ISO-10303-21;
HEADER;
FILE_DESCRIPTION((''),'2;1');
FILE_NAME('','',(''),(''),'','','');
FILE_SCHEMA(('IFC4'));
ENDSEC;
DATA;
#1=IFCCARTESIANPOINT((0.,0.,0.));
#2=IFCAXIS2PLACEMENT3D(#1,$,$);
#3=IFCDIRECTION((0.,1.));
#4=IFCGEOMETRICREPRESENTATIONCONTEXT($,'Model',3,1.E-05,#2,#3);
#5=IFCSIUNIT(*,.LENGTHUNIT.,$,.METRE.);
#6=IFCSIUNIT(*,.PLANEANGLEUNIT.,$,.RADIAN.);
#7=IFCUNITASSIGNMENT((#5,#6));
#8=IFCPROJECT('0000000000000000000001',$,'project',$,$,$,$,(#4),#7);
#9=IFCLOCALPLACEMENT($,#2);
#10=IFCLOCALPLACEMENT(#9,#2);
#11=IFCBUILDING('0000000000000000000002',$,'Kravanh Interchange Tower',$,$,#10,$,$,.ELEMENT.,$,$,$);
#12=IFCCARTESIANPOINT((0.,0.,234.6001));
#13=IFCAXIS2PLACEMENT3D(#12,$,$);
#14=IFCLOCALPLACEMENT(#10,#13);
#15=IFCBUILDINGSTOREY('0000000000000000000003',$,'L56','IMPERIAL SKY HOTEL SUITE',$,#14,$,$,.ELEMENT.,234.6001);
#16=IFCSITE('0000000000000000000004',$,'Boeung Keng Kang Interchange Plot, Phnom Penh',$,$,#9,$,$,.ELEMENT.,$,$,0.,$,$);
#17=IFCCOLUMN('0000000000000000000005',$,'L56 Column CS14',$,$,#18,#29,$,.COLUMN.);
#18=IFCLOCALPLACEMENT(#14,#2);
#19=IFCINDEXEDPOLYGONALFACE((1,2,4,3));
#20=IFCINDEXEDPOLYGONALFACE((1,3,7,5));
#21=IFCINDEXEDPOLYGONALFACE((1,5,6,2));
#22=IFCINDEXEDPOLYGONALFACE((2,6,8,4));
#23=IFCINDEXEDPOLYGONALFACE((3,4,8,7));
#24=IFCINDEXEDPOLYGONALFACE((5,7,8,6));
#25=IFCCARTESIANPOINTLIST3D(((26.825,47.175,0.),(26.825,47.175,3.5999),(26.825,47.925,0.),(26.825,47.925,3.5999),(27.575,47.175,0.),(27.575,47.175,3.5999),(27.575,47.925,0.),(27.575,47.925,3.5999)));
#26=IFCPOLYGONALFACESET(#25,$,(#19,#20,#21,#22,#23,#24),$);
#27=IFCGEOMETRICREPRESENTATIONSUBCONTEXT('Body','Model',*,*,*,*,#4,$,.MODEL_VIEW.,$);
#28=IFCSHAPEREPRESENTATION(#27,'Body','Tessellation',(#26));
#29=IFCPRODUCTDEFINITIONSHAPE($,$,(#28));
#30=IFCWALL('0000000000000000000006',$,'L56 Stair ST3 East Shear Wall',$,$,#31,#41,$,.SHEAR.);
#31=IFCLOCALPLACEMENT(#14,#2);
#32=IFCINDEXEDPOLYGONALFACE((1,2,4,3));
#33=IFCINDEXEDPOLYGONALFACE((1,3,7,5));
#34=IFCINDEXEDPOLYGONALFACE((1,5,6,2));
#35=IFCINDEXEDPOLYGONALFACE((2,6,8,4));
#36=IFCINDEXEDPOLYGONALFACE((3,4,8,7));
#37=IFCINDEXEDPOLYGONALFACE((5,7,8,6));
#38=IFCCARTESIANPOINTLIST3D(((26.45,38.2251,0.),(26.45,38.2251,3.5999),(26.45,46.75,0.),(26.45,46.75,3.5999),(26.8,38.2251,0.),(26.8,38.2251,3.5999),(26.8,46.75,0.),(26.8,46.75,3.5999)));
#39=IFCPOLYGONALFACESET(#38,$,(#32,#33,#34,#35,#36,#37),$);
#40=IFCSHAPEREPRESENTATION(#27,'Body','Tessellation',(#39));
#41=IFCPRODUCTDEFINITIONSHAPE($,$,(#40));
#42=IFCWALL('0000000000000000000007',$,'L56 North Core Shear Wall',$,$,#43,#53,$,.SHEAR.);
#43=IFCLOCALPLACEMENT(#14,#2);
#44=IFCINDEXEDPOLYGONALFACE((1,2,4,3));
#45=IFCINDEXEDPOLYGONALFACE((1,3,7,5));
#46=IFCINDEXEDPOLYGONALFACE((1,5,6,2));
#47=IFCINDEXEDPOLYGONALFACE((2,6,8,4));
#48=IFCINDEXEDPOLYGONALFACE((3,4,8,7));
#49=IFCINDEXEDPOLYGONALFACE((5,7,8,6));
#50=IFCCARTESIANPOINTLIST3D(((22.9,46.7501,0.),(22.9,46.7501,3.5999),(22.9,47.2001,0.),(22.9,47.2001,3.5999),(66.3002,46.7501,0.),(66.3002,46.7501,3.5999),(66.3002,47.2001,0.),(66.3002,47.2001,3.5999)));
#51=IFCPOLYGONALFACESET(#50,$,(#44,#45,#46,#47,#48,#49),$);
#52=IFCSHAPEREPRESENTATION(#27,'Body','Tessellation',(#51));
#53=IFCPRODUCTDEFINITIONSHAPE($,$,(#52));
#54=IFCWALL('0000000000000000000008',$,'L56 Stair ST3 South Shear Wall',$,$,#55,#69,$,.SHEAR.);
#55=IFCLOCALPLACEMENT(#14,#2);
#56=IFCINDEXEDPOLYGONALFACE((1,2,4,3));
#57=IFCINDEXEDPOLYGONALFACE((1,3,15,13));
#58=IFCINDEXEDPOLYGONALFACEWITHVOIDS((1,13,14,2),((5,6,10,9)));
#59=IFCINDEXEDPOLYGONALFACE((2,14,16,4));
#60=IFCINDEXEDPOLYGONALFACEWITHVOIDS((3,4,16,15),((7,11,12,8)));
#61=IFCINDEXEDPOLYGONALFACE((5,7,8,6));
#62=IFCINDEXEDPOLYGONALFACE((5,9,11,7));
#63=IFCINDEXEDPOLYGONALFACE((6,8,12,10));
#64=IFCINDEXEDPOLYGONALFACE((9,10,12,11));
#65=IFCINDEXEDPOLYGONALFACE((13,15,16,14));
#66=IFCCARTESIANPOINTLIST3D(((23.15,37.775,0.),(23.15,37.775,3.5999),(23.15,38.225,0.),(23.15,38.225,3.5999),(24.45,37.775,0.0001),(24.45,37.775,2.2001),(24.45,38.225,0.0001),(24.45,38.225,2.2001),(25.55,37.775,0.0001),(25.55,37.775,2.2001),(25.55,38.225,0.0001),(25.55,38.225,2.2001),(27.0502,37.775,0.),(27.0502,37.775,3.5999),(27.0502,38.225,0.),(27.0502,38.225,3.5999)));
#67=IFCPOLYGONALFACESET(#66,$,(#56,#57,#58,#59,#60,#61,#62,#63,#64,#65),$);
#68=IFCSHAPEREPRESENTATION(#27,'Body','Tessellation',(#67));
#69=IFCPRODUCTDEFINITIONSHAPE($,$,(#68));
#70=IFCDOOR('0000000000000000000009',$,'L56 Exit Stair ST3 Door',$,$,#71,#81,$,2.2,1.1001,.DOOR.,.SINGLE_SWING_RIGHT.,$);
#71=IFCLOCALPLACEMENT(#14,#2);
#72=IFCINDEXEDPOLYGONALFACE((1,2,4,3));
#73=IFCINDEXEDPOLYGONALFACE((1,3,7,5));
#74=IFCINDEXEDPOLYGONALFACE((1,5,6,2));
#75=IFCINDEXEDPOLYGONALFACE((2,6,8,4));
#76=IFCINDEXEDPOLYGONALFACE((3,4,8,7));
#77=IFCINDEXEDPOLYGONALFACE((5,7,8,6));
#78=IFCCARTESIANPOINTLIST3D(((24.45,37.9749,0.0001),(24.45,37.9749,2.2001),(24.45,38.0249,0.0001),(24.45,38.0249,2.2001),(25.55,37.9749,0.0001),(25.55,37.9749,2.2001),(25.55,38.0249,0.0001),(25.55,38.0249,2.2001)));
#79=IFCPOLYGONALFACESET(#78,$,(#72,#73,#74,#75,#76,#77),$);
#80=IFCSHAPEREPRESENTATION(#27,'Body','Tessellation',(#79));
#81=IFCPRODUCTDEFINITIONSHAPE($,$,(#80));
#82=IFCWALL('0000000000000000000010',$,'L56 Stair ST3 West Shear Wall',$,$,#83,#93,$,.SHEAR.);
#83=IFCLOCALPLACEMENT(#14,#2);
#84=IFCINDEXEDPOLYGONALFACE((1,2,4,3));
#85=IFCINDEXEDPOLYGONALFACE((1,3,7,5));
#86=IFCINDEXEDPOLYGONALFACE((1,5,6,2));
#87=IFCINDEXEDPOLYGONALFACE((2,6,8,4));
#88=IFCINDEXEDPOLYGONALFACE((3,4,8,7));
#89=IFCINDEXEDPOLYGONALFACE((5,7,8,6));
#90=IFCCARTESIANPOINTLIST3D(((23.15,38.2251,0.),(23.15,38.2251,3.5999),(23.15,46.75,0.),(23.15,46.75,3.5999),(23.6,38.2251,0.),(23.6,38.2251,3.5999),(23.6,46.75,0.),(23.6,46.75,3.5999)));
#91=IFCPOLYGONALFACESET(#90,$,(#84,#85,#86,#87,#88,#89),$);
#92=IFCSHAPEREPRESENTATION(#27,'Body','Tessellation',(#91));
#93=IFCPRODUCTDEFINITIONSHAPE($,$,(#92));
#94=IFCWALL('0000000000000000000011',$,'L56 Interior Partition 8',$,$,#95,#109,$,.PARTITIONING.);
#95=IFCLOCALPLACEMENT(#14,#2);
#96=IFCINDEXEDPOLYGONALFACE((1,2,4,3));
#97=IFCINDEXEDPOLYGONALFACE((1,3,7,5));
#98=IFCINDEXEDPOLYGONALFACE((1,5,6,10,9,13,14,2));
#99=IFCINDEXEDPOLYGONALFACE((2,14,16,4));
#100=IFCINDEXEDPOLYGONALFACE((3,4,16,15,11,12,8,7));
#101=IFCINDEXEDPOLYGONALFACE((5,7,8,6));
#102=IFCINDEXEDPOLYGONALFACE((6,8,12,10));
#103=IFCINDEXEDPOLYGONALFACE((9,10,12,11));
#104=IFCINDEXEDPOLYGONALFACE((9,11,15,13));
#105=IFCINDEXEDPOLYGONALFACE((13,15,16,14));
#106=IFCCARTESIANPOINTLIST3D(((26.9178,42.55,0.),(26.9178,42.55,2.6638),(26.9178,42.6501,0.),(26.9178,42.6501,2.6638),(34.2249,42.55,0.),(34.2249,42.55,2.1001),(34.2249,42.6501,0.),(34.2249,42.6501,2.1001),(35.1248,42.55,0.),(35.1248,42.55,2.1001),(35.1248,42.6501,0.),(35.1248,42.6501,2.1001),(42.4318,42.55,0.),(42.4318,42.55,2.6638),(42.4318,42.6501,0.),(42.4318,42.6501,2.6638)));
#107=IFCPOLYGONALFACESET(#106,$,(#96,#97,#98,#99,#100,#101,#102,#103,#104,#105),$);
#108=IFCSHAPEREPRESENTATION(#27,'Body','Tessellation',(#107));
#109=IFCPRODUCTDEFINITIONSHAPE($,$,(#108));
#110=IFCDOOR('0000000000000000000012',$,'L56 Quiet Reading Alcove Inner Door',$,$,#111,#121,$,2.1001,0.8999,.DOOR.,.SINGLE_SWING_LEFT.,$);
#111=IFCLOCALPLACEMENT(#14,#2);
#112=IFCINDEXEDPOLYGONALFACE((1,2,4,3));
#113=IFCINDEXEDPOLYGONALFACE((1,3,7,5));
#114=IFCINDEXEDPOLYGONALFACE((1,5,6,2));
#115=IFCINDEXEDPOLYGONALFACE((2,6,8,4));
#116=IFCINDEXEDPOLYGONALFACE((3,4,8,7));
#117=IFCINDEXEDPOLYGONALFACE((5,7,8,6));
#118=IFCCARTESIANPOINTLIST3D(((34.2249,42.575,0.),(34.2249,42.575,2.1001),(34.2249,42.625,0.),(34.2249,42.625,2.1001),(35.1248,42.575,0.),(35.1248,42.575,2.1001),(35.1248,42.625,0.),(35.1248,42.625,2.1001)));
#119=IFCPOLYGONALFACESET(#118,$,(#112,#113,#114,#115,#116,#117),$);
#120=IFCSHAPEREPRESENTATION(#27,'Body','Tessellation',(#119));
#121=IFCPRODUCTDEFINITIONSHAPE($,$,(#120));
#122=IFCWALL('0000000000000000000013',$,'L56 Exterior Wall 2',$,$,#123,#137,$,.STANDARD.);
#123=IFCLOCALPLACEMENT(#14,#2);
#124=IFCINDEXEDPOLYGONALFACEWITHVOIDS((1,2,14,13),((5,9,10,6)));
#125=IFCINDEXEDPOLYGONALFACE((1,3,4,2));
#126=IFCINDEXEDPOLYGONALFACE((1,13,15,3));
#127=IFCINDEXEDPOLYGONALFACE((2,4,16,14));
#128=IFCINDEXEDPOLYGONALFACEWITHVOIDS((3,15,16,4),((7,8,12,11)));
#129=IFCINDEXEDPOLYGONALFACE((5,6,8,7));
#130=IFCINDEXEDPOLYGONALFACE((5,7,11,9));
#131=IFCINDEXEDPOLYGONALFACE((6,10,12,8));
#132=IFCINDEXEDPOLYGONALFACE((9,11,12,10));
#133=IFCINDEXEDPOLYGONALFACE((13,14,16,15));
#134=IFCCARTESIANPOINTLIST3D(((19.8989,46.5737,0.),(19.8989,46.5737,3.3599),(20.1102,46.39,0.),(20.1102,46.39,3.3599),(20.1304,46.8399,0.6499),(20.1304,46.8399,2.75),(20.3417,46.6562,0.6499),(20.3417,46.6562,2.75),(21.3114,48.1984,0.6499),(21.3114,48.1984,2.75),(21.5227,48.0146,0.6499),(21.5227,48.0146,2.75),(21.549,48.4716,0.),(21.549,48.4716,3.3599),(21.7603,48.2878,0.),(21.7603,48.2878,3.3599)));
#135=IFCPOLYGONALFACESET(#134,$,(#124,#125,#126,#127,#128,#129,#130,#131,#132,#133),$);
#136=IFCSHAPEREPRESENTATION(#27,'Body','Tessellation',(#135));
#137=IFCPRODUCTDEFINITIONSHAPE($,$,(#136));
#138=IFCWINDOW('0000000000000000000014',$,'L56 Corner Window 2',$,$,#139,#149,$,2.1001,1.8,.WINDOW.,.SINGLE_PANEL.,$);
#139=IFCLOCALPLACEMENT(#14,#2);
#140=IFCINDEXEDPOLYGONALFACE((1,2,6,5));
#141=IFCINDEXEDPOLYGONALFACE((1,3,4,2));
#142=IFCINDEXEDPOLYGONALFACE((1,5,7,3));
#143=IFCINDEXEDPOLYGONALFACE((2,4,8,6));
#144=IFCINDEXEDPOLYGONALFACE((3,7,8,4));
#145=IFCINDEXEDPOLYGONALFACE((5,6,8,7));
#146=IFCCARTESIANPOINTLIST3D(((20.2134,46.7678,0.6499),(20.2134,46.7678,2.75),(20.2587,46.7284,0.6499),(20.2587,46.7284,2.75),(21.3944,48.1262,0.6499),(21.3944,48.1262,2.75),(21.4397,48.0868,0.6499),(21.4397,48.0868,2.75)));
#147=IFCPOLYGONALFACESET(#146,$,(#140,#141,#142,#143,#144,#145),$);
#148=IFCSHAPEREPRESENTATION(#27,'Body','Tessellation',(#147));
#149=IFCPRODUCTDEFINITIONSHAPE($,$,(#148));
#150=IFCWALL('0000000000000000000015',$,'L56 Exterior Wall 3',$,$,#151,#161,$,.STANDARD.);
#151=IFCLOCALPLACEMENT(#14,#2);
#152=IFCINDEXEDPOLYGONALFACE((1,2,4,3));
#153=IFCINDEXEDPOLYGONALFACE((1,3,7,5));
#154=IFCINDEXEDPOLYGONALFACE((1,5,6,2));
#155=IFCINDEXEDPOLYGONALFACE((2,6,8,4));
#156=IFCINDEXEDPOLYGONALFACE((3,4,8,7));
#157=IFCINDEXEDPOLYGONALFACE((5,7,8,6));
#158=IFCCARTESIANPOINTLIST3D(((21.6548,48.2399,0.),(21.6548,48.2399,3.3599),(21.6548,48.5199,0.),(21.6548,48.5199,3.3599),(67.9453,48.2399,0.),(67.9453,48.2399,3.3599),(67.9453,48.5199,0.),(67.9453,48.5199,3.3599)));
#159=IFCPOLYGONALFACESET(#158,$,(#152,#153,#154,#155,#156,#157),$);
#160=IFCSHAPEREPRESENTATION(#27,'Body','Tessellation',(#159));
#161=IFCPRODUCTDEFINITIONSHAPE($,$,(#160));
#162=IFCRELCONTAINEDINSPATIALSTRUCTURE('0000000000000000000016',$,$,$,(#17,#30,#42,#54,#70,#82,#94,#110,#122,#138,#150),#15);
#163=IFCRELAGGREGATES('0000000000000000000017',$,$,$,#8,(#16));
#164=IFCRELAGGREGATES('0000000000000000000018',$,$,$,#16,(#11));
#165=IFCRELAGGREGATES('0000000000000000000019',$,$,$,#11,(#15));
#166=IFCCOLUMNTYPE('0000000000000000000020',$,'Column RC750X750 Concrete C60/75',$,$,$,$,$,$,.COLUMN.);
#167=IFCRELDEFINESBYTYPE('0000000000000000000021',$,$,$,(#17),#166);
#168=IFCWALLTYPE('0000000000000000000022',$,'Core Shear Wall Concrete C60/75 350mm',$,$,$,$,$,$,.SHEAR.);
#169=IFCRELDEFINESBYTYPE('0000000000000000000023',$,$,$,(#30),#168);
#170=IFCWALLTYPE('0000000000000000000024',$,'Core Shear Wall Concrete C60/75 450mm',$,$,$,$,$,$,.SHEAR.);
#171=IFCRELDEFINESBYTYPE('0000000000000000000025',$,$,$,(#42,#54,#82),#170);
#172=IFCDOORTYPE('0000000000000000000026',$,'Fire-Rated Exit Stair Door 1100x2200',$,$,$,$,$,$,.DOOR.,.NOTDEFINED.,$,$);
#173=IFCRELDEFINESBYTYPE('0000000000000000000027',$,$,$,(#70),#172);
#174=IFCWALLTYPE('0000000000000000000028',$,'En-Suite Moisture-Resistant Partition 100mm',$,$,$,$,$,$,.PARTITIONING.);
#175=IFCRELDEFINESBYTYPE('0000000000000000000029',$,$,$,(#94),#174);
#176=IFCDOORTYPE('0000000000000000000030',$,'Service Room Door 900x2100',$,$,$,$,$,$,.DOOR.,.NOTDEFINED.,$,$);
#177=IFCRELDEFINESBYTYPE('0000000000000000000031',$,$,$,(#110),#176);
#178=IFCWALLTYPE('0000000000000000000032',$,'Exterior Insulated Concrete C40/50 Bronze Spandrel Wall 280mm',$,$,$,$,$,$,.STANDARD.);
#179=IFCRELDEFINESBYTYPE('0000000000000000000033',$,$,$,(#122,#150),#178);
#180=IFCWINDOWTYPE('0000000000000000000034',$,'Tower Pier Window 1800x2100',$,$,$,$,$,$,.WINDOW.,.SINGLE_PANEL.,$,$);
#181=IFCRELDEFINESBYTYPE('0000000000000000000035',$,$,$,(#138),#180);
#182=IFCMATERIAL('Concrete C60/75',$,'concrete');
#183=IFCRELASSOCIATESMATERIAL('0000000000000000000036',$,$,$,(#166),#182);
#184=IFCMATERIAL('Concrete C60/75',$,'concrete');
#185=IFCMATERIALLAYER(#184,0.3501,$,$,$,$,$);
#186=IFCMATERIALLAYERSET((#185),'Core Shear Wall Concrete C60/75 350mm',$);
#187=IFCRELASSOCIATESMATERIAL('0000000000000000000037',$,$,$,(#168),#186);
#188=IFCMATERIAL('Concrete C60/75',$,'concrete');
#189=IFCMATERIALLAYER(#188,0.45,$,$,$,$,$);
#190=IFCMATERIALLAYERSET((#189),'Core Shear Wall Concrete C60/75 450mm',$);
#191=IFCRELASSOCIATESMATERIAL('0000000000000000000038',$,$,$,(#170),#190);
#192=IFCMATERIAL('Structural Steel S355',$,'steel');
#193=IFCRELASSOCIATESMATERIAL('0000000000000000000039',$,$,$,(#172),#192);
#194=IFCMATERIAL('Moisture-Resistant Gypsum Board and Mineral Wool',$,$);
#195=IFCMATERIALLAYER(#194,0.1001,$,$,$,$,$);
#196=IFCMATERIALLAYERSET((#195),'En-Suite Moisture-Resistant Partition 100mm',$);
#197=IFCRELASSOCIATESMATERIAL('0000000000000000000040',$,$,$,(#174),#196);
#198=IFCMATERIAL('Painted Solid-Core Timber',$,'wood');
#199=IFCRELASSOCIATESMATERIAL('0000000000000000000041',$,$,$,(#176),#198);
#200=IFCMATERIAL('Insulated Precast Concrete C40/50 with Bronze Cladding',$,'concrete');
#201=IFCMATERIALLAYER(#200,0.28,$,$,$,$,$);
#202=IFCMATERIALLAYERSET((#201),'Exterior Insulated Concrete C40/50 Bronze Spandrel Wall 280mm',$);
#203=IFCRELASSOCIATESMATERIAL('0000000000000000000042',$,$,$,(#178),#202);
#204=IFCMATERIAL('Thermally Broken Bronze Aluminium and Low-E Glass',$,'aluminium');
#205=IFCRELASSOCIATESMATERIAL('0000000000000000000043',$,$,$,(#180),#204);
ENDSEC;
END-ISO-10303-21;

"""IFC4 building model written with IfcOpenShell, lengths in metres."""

from ifc_helpers import new_model, si_unit, direction, frame, frame_2d, origin, origin_2d, place, context, subcontext, project, spatial, rectangle, extrude, material, layer, layer_set, material_profile, profile_set, type_object, element, fill, save


model = new_model("IFC4")

# Units and contexts
model_context = context("Model", 3, precision=1e-05, world=origin(), true_north=direction((0.0, 1.0)))
body_context = subcontext(model_context, "Body", "Model", "MODEL_VIEW")
ifc_project = project(units=[si_unit("LENGTHUNIT", "METRE"), si_unit("PLANEANGLEUNIT", "RADIAN")], contexts=[model_context])

# Site, building, storey
site_placement = place(None, origin())
site = spatial("IfcSite", under=ifc_project, at=site_placement, Name="Boeung Keng Kang Interchange Plot, Phnom Penh", CompositionType="ELEMENT", RefElevation=0.0)
building_placement = place(site_placement, origin())
building = spatial("IfcBuilding", under=site, at=building_placement, Name="Kravanh Interchange Tower", CompositionType="ELEMENT")
storey_placement = place(building_placement, frame((0.0, 0.0, 234.6001)))
storey = spatial("IfcBuildingStorey", under=building, at=storey_placement, Name="L56", Description="IMPERIAL SKY HOTEL SUITE", CompositionType="ELEMENT", Elevation=234.6001)

# Column
ifc_material_1 = material(Name="Concrete C60/75", Category="concrete")
ifc_material_profile = material_profile(ifc_material_1, rectangle(XDim=0.75, YDim=0.75, at=origin_2d()), Name="RC750X750")
ifc_profile_set = profile_set([ifc_material_profile], Name="Concrete C60/75")
column_type = type_object("IfcColumnType", Name="Column RC750X750 Concrete C60/75", PredefinedType="COLUMN", material=ifc_profile_set)
column_placement = place(storey_placement, frame((27.2, 47.55, 0.0), z_axis=(0.0, 0.0, 1.0), x_axis=(1.0, 0.0, 0.0)))
element("IfcColumn", 1, at=column_placement, inside=storey, type_object=column_type, Name="L56 Column CS14", PredefinedType="COLUMN", context=body_context, shape_type="SweptSolid", body=[
    extrude(rectangle(XDim=0.75, YDim=0.75, at=origin_2d()), origin(), (0.0, 0.0, 1.0), 3.5999),
])

# Walls
ifc_material_2 = material(Name="Concrete C60/75", Category="concrete")
ifc_layer_1 = layer(ifc_material_2, 0.3501)
ifc_layer_set_1 = layer_set([ifc_layer_1], Name="Core Shear Wall Concrete C60/75 350mm")
wall_type_1 = type_object("IfcWallType", Name="Core Shear Wall Concrete C60/75 350mm", PredefinedType="SHEAR", material=ifc_layer_set_1)
wall_1_placement = place(storey_placement, frame((26.625, 38.2251, 0.0), z_axis=(0.0, 0.0, 1.0), x_axis=(0.0, 1.0, 0.0)))
element("IfcWall", 2, at=wall_1_placement, inside=storey, type_object=wall_type_1, Name="L56 Stair ST3 East Shear Wall", PredefinedType="SHEAR", context=body_context, shape_type="SweptSolid", body=[
    extrude(rectangle(XDim=8.5249, YDim=0.3501, at=frame_2d((4.2625, 0.0))), origin(), (0.0, 0.0, 1.0), 3.5999),
])
ifc_material_3 = material(Name="Concrete C60/75", Category="concrete")
ifc_layer_2 = layer(ifc_material_3, 0.45)
ifc_layer_set_2 = layer_set([ifc_layer_2], Name="Core Shear Wall Concrete C60/75 450mm")
wall_type_2 = type_object("IfcWallType", Name="Core Shear Wall Concrete C60/75 450mm", PredefinedType="SHEAR", material=ifc_layer_set_2)
wall_2_placement = place(storey_placement, frame((22.8999, 46.9751, 0.0), z_axis=(0.0, 0.0, 1.0), x_axis=(1.0, 0.0, 0.0)))
element("IfcWall", 3, at=wall_2_placement, inside=storey, type_object=wall_type_2, Name="L56 North Core Shear Wall", PredefinedType="SHEAR", context=body_context, shape_type="SweptSolid", body=[
    extrude(rectangle(XDim=43.4001, YDim=0.45, at=frame_2d((21.7002, 0.0))), origin(), (0.0, 0.0, 1.0), 3.5999),
])

# Wall, opening, door
wall_3_placement = place(storey_placement, frame((23.1499, 38.0, 0.0), z_axis=(0.0, 0.0, 1.0), x_axis=(1.0, 0.0, 0.0)))
wall_3 = element("IfcWall", 4, at=wall_3_placement, inside=storey, type_object=wall_type_2, Name="L56 Stair ST3 South Shear Wall", PredefinedType="SHEAR", context=body_context, shape_type="SweptSolid", body=[
    extrude(rectangle(XDim=3.9001, YDim=0.45, at=frame_2d((1.9502, 0.0))), origin(), (0.0, 0.0, 1.0), 3.5999),
])
opening_1_placement = place(wall_3_placement, frame((1.3, 0.0, 0.0)))
opening_1 = element("IfcOpeningElement", 5, at=opening_1_placement, cuts=wall_3, PredefinedType="OPENING", context=body_context, shape_type="SweptSolid", body=[
    extrude(rectangle(XDim=1.1001, YDim=2.2, at=frame_2d((0.55, 1.1001))), frame((0.0, 0.2349, 0.0), z_axis=(0.0, -1.0, 0.0), x_axis=(1.0, 0.0, 0.0)), (0.0, 0.0, 1.0), 0.47),
])
ifc_material_4 = material(Name="Structural Steel S355", Category="steel")
door_type_1 = type_object("IfcDoorType", Name="Fire-Rated Exit Stair Door 1100x2200", OperationType="NOTDEFINED", PredefinedType="DOOR", material=ifc_material_4)
door_1_placement = place(opening_1_placement, origin())
door_1 = element("IfcDoor", 6, at=door_1_placement, inside=storey, type_object=door_type_1, Name="L56 Exit Stair ST3 Door", OperationType="SINGLE_SWING_RIGHT", OverallHeight=2.2, OverallWidth=1.1001, PredefinedType="DOOR", context=body_context, shape_type="SweptSolid", body=[
    extrude(rectangle(XDim=1.1001, YDim=2.2, at=frame_2d((0.55, 1.1001))), frame((0.0, 0.0249, 0.0), z_axis=(0.0, -1.0, 0.0), x_axis=(1.0, 0.0, 0.0)), (0.0, 0.0, 1.0), 0.05),
])
fill(opening_1, door_1)

# Wall
wall_4_placement = place(storey_placement, frame((23.375, 38.2251, 0.0), z_axis=(0.0, 0.0, 1.0), x_axis=(0.0, 1.0, 0.0)))
element("IfcWall", 7, at=wall_4_placement, inside=storey, type_object=wall_type_2, Name="L56 Stair ST3 West Shear Wall", PredefinedType="SHEAR", context=body_context, shape_type="SweptSolid", body=[
    extrude(rectangle(XDim=8.5249, YDim=0.45, at=frame_2d((4.2625, 0.0))), origin(), (0.0, 0.0, 1.0), 3.5999),
])

# Wall, opening, door
ifc_material_5 = material(Name="Moisture-Resistant Gypsum Board and Mineral Wool")
ifc_layer_3 = layer(ifc_material_5, 0.1001)
ifc_layer_set_3 = layer_set([ifc_layer_3], Name="En-Suite Moisture-Resistant Partition 100mm")
wall_type_3 = type_object("IfcWallType", Name="En-Suite Moisture-Resistant Partition 100mm", PredefinedType="PARTITIONING", material=ifc_layer_set_3)
wall_5_placement = place(storey_placement, frame((26.918, 42.6001, 0.0), z_axis=(0.0, 0.0, 1.0), x_axis=(1.0, 0.0, 0.0)))
wall_5 = element("IfcWall", 8, at=wall_5_placement, inside=storey, type_object=wall_type_3, Name="L56 Interior Partition 8", PredefinedType="PARTITIONING", context=body_context, shape_type="SweptSolid", body=[
    extrude(rectangle(XDim=15.5139, YDim=0.1001, at=frame_2d((7.7568, 0.0))), origin(), (0.0, 0.0, 1.0), 2.6638),
])
opening_2_placement = place(wall_5_placement, frame((7.3069, 0.0, 0.0)))
opening_2 = element("IfcOpeningElement", 9, at=opening_2_placement, cuts=wall_5, PredefinedType="OPENING", context=body_context, shape_type="SweptSolid", body=[
    extrude(rectangle(XDim=0.8999, YDim=2.1001, at=frame_2d((0.45, 1.05))), frame((0.0, 0.0601, 0.0), z_axis=(0.0, -1.0, 0.0), x_axis=(1.0, 0.0, 0.0)), (0.0, 0.0, 1.0), 0.1201),
])
ifc_material_6 = material(Name="Painted Solid-Core Timber", Category="wood")
door_type_2 = type_object("IfcDoorType", Name="Service Room Door 900x2100", OperationType="NOTDEFINED", PredefinedType="DOOR", material=ifc_material_6)
door_2_placement = place(opening_2_placement, origin())
door_2 = element("IfcDoor", 10, at=door_2_placement, inside=storey, type_object=door_type_2, Name="L56 Quiet Reading Alcove Inner Door", OperationType="SINGLE_SWING_LEFT", OverallHeight=2.1001, OverallWidth=0.8999, PredefinedType="DOOR", context=body_context, shape_type="SweptSolid", body=[
    extrude(rectangle(XDim=0.8999, YDim=2.1001, at=frame_2d((0.45, 1.05))), frame((0.0, 0.0249, 0.0), z_axis=(0.0, -1.0, 0.0), x_axis=(1.0, 0.0, 0.0)), (0.0, 0.0, 1.0), 0.05),
])
fill(opening_2, door_2)

# Wall, opening, window
ifc_material_7 = material(Name="Insulated Precast Concrete C40/50 with Bronze Cladding", Category="concrete")
ifc_layer_4 = layer(ifc_material_7, 0.28)
ifc_layer_set_4 = layer_set([ifc_layer_4], Name="Exterior Insulated Concrete C40/50 Bronze Spandrel Wall 280mm")
wall_type_4 = type_object("IfcWallType", Name="Exterior Insulated Concrete C40/50 Bronze Spandrel Wall 280mm", PredefinedType="STANDARD", material=ifc_layer_set_4)
wall_6_placement = place(storey_placement, frame((20.0046, 46.4819, 0.0), z_axis=(0.0, 0.0, 1.0), x_axis=(0.656123, 0.754654, 0.0)))
wall_6 = element("IfcWall", 11, at=wall_6_placement, inside=storey, type_object=wall_type_4, Name="L56 Exterior Wall 2", PredefinedType="STANDARD", context=body_context, shape_type="SweptSolid", body=[
    extrude(rectangle(XDim=2.5149, YDim=0.28, at=frame_2d((1.2573, 0.0))), origin(), (0.0, 0.0, 1.0), 3.3599),
])
opening_3_placement = place(wall_6_placement, frame((0.3528, 0.0, 0.6499)))
opening_3 = element("IfcOpeningElement", 12, at=opening_3_placement, cuts=wall_6, PredefinedType="OPENING", context=body_context, shape_type="SweptSolid", body=[
    extrude(rectangle(XDim=1.8, YDim=2.1001, at=frame_2d((0.8999, 1.05))), frame((0.0, 0.1499, 0.0), z_axis=(0.0, -1.0, 0.0), x_axis=(1.0, 0.0, 0.0)), (0.0, 0.0, 1.0), 0.3),
])
ifc_material_8 = material(Name="Thermally Broken Bronze Aluminium and Low-E Glass", Category="aluminium")
window_type = type_object("IfcWindowType", Name="Tower Pier Window 1800x2100", PartitioningType="SINGLE_PANEL", PredefinedType="WINDOW", material=ifc_material_8)
window_placement = place(opening_3_placement, origin())
window = element("IfcWindow", 13, at=window_placement, inside=storey, type_object=window_type, Name="L56 Corner Window 2", OverallHeight=2.1001, OverallWidth=1.8, PartitioningType="SINGLE_PANEL", PredefinedType="WINDOW", context=body_context, shape_type="SweptSolid", body=[
    extrude(rectangle(XDim=1.8, YDim=2.1001, at=frame_2d((0.8999, 1.05))), frame((0.0, 0.03, 0.0), z_axis=(0.0, -1.0, 0.0), x_axis=(1.0, 0.0, 0.0)), (0.0, 0.0, 1.0), 0.0601),
])
fill(opening_3, window)

# Wall
wall_7_placement = place(storey_placement, frame((21.6548, 48.3799, 0.0), z_axis=(0.0, 0.0, 1.0), x_axis=(1.0, 0.0, 0.0)))
element("IfcWall", 14, at=wall_7_placement, inside=storey, type_object=wall_type_4, Name="L56 Exterior Wall 3", PredefinedType="STANDARD", context=body_context, shape_type="SweptSolid", body=[
    extrude(rectangle(XDim=46.2905, YDim=0.28, at=frame_2d((23.1453, 0.0))), origin(), (0.0, 0.0, 1.0), 3.3599),
])

save(model, "model.ifc")
